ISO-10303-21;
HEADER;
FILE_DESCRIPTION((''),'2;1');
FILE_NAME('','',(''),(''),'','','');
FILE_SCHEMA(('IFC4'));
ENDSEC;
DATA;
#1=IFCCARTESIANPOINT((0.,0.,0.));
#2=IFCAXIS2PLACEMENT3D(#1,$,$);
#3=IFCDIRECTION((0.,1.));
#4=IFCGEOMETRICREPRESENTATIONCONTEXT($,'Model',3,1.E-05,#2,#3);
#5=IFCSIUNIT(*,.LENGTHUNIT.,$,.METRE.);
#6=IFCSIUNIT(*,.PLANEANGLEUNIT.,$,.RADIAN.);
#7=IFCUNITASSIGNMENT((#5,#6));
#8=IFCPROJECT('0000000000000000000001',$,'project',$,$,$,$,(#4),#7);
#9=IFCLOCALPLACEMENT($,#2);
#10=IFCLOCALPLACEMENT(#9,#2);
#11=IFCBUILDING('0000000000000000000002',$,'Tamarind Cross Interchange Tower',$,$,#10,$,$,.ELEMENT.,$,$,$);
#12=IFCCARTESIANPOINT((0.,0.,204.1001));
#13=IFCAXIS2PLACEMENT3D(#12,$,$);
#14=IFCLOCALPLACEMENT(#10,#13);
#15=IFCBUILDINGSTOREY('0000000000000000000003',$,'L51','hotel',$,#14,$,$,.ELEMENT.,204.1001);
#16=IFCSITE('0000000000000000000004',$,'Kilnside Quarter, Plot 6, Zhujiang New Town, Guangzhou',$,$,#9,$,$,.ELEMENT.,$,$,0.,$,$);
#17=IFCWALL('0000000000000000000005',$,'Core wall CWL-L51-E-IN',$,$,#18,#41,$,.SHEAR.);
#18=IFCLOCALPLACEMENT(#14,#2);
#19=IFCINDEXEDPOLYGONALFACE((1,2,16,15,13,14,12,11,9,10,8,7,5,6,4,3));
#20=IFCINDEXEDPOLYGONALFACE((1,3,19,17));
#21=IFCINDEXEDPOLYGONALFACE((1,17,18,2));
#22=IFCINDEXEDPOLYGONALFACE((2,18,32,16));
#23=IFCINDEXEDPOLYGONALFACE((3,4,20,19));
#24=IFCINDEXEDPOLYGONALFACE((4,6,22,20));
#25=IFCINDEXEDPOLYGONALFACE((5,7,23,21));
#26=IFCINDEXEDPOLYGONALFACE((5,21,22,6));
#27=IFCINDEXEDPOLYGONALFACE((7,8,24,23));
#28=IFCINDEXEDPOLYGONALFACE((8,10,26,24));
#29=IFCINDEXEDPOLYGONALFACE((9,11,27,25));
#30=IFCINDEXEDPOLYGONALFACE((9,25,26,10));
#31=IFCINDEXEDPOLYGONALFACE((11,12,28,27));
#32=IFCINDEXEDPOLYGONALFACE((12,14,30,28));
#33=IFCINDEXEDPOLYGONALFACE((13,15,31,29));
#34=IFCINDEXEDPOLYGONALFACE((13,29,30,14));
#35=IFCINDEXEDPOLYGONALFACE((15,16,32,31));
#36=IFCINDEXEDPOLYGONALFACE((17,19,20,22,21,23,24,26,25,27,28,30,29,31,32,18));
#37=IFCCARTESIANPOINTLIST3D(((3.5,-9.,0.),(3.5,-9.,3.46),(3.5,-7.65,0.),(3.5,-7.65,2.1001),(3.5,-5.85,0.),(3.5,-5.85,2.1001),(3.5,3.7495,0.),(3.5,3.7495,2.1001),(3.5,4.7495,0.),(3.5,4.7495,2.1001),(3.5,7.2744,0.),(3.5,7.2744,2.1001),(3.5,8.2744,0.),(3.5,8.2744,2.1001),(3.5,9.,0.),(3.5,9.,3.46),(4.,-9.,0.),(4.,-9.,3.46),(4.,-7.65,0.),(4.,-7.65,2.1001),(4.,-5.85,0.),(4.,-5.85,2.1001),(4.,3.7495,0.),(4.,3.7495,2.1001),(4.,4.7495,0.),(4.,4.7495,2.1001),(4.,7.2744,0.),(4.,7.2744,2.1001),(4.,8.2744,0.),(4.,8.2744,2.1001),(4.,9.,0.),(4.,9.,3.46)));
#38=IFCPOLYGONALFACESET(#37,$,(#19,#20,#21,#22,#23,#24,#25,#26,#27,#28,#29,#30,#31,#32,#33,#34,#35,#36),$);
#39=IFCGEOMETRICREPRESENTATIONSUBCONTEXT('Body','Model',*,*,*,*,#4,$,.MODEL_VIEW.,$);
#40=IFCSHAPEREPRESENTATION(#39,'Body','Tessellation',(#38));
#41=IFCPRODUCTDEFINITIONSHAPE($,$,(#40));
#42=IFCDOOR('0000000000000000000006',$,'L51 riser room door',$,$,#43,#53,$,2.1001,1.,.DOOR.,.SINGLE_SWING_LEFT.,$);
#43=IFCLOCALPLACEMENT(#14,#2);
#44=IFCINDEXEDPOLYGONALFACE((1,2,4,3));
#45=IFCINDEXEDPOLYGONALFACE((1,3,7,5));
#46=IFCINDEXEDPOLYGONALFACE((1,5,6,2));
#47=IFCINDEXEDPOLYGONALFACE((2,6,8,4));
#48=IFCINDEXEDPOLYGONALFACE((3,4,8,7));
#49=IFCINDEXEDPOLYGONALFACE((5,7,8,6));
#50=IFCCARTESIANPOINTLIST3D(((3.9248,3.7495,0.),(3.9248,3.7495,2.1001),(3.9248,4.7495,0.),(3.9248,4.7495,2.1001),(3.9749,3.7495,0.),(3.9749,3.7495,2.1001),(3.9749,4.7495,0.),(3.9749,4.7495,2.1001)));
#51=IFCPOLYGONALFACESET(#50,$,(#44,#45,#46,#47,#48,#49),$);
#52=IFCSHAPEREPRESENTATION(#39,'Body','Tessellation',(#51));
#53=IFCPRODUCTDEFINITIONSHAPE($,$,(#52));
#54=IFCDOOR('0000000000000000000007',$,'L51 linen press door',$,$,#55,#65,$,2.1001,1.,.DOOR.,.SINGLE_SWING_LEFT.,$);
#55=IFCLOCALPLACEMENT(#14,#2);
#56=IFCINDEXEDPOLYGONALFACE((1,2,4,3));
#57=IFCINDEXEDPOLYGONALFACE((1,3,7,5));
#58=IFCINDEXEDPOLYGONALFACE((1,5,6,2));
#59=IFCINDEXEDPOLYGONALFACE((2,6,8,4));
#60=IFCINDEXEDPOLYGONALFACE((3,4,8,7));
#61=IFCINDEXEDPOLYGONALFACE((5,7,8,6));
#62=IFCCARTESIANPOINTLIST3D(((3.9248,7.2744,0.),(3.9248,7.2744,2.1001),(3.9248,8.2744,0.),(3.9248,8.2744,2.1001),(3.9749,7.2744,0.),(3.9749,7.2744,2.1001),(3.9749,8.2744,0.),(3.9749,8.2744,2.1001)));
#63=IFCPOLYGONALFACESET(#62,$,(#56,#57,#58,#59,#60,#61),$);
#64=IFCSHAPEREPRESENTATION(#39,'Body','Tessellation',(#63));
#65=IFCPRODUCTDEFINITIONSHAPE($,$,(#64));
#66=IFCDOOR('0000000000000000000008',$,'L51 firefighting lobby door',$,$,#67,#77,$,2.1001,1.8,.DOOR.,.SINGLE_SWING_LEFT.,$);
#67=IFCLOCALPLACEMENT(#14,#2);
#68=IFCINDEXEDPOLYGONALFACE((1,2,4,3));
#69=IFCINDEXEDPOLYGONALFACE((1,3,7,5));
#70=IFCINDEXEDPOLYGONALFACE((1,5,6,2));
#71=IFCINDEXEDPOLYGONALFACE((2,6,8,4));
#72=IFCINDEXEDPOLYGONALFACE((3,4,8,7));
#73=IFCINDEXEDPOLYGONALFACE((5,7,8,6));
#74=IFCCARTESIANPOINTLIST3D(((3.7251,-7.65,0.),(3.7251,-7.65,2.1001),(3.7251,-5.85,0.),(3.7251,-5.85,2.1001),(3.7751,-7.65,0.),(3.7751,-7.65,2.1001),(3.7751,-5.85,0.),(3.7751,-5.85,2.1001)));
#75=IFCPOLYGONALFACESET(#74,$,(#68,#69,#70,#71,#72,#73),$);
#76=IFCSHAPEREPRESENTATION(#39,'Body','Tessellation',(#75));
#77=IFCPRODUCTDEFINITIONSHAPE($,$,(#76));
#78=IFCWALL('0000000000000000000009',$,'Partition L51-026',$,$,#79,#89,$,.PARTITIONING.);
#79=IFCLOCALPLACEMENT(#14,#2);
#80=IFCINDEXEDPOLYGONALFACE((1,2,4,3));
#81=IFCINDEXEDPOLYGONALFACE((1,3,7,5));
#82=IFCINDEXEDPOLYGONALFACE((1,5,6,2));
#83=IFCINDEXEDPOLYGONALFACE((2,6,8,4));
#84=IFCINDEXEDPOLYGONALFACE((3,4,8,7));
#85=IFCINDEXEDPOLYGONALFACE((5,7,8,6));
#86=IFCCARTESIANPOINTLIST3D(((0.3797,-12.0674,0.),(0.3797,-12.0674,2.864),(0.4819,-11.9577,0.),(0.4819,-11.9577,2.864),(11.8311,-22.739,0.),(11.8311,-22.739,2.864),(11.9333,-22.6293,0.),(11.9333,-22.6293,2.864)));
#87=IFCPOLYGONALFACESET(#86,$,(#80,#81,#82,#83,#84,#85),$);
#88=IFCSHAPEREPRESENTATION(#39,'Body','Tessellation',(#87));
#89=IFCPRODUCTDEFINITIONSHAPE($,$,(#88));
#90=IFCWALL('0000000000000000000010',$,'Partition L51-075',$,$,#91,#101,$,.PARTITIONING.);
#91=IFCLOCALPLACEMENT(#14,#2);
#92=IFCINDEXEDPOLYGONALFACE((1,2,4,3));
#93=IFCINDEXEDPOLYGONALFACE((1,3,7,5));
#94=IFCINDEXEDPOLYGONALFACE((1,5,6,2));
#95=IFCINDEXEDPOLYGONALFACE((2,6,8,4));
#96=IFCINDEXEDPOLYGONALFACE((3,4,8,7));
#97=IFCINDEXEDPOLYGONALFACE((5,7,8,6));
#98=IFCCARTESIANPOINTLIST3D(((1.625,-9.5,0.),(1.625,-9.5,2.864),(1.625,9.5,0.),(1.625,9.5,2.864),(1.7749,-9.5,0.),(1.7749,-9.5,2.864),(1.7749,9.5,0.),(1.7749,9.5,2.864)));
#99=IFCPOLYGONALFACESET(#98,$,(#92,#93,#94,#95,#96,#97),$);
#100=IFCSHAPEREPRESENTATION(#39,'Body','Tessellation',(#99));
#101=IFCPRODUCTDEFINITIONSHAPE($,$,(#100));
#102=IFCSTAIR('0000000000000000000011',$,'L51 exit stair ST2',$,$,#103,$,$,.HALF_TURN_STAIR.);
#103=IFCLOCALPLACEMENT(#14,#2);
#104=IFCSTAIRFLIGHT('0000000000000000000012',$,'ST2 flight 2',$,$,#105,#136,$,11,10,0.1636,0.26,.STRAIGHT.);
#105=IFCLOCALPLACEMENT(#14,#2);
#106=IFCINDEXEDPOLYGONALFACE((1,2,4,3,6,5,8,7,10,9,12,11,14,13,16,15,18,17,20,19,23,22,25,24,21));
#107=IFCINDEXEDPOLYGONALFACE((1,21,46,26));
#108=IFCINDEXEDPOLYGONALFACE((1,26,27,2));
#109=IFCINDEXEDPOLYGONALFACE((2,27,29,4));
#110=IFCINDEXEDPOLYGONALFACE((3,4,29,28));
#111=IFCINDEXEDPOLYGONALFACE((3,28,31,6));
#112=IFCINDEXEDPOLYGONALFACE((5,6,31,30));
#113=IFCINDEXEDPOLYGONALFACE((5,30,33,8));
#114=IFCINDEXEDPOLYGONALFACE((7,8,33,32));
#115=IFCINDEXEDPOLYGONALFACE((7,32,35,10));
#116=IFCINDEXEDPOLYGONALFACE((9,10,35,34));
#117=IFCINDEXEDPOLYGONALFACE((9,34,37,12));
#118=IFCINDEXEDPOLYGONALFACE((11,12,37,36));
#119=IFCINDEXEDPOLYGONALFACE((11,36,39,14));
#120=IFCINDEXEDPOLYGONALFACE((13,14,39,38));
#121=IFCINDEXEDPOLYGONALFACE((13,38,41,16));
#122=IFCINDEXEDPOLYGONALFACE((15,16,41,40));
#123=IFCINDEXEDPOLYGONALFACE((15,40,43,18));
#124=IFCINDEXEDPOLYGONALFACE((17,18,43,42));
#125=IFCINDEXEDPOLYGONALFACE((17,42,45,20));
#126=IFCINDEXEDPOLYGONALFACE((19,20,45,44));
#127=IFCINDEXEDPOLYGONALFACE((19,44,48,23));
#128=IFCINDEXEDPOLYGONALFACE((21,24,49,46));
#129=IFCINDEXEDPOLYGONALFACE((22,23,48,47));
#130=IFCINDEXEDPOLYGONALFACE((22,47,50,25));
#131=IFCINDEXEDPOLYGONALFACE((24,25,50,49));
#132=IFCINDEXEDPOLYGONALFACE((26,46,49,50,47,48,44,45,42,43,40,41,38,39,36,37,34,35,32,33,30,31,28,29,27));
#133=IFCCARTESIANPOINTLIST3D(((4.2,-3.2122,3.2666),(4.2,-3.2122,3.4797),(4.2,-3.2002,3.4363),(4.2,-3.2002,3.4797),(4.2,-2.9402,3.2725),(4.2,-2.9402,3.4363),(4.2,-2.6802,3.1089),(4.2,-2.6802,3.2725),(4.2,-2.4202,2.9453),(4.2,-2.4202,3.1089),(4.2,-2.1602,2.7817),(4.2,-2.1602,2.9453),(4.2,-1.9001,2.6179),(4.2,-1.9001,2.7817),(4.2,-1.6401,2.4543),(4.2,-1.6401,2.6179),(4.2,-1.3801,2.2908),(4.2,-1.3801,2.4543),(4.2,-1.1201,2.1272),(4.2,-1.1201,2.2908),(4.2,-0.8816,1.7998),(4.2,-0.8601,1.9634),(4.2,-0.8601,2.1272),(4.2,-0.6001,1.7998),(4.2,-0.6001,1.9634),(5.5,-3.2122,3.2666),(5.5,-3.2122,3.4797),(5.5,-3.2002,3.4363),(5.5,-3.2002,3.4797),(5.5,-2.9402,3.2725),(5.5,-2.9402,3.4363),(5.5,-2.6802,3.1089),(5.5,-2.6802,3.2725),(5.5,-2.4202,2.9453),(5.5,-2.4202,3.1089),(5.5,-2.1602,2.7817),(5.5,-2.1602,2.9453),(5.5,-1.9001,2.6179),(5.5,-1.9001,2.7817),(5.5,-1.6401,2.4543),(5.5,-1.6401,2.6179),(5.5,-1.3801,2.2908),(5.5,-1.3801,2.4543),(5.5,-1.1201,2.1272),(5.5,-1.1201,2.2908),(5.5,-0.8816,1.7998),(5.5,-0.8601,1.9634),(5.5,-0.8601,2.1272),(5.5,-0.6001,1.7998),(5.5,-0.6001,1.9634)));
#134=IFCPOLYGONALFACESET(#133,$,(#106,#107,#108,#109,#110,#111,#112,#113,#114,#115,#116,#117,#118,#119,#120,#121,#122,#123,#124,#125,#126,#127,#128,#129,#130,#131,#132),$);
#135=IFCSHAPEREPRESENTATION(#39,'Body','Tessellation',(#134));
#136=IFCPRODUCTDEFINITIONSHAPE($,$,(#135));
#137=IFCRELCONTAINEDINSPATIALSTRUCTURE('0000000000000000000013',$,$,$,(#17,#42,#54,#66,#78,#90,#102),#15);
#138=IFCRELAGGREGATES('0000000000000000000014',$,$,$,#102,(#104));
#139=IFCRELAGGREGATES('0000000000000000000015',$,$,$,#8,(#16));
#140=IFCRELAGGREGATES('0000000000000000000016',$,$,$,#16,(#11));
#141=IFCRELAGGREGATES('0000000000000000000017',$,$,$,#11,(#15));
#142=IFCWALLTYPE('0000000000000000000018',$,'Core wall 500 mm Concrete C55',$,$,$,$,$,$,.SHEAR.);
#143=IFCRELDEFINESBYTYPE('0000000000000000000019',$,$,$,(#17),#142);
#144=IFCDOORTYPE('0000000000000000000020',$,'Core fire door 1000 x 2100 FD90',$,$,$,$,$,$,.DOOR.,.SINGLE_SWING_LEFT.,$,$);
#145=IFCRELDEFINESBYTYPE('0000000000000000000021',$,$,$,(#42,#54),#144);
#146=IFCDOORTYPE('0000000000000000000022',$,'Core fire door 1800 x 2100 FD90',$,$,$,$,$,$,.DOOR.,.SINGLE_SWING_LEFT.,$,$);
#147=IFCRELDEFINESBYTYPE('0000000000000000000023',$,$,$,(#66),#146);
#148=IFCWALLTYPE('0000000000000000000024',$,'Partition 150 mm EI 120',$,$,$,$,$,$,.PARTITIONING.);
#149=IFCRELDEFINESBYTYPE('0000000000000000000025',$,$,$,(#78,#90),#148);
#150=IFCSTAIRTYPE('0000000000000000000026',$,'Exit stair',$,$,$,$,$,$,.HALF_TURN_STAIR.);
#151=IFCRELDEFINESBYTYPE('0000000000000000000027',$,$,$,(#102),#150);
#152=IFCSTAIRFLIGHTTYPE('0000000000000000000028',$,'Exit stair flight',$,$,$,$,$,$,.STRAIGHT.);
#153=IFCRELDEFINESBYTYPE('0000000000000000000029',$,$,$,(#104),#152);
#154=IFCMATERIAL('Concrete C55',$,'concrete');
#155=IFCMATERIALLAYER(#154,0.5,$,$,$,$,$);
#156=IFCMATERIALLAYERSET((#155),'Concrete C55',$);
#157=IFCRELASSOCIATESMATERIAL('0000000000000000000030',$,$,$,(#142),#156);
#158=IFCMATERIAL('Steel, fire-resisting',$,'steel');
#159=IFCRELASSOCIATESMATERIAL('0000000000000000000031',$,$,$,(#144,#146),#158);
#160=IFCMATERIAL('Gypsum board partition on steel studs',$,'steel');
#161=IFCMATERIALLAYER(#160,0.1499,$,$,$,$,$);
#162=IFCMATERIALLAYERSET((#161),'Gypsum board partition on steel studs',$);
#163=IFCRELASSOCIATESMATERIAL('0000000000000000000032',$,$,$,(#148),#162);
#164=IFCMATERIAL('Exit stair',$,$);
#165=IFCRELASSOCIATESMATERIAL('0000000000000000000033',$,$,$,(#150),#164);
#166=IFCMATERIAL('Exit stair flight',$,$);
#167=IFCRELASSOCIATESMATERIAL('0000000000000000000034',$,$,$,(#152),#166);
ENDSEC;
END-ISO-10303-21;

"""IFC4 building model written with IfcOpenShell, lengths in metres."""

from ifc_helpers import new_model, si_unit, direction, frame, frame_2d, origin, place, context, subcontext, project, spatial, polyline, rectangle, outline, extrude, material, layer, layer_set, type_object, element, fill, aggregate, save


model = new_model("IFC4")

# Units and contexts
model_context = context("Model", 3, precision=1e-05, world=origin(), true_north=direction((0.0, 1.0)))
body_context = subcontext(model_context, "Body", "Model", "MODEL_VIEW")
ifc_project = project(units=[si_unit("LENGTHUNIT", "METRE"), si_unit("PLANEANGLEUNIT", "RADIAN")], contexts=[model_context])

# Site, building, storey
site_placement = place(None, origin())
site = spatial("IfcSite", under=ifc_project, at=site_placement, Name="Kilnside Quarter, Plot 6, Zhujiang New Town, Guangzhou", CompositionType="ELEMENT", RefElevation=0.0)
building_placement = place(site_placement, origin())
building = spatial("IfcBuilding", under=site, at=building_placement, Name="Tamarind Cross Interchange Tower", CompositionType="ELEMENT")
storey_placement = place(building_placement, frame((0.0, 0.0, 204.1001)))
storey = spatial("IfcBuildingStorey", under=building, at=storey_placement, Name="L51", Description="hotel", CompositionType="ELEMENT", Elevation=204.1001)

# Wall, openings, doors
ifc_material_1 = material(Name="Concrete C55", Category="concrete")
ifc_layer_1 = layer(ifc_material_1, 0.5)
ifc_layer_set_1 = layer_set([ifc_layer_1], Name="Concrete C55")
wall_type_1 = type_object("IfcWallType", Name="Core wall 500 mm Concrete C55", PredefinedType="SHEAR", material=ifc_layer_set_1)
wall_1_placement = place(storey_placement, frame((3.75, -9.0, 0.0), z_axis=(0.0, 0.0, 1.0), x_axis=(0.0, 1.0, 0.0)))
wall_1 = element("IfcWall", 1, at=wall_1_placement, inside=storey, type_object=wall_type_1, Name="Core wall CWL-L51-E-IN", PredefinedType="SHEAR", context=body_context, shape_type="SweptSolid", body=[
    extrude(rectangle(XDim=18.0, YDim=0.5, at=frame_2d((9.0, 0.0))), origin(), (0.0, 0.0, 1.0), 3.46),
])
opening_1_placement = place(wall_1_placement, frame((1.3501, 0.0, 0.0)))
opening_1 = element("IfcOpeningElement", 2, at=opening_1_placement, cuts=wall_1, PredefinedType="OPENING", context=body_context, shape_type="SweptSolid", body=[
    extrude(rectangle(XDim=1.8, YDim=2.1001, at=frame_2d((0.8999, 1.05))), frame((0.0, 0.26, 0.0), z_axis=(0.0, -1.0, 0.0), x_axis=(1.0, 0.0, 0.0)), (0.0, 0.0, 1.0), 0.52),
])
opening_2_placement = place(wall_1_placement, frame((12.7495, 0.0, 0.0)))
opening_2 = element("IfcOpeningElement", 3, at=opening_2_placement, cuts=wall_1, PredefinedType="OPENING", context=body_context, shape_type="SweptSolid", body=[
    extrude(rectangle(XDim=1.0, YDim=2.1001, at=frame_2d((0.5, 1.05))), frame((0.0, 0.26, 0.0), z_axis=(0.0, -1.0, 0.0), x_axis=(1.0, 0.0, 0.0)), (0.0, 0.0, 1.0), 0.52),
])
opening_3_placement = place(wall_1_placement, frame((16.2744, 0.0, 0.0)))
opening_3 = element("IfcOpeningElement", 4, at=opening_3_placement, cuts=wall_1, PredefinedType="OPENING", context=body_context, shape_type="SweptSolid", body=[
    extrude(rectangle(XDim=1.0, YDim=2.1001, at=frame_2d((0.5, 1.05))), frame((0.0, 0.26, 0.0), z_axis=(0.0, -1.0, 0.0), x_axis=(1.0, 0.0, 0.0)), (0.0, 0.0, 1.0), 0.52),
])
ifc_material_2 = material(Name="Steel, fire-resisting", Category="steel")
door_type_1 = type_object("IfcDoorType", Name="Core fire door 1000 x 2100 FD90", OperationType="SINGLE_SWING_LEFT", PredefinedType="DOOR", material=ifc_material_2)
door_1_placement = place(opening_2_placement, origin())
door_1 = element("IfcDoor", 5, at=door_1_placement, inside=storey, type_object=door_type_1, Name="L51 riser room door", OperationType="SINGLE_SWING_LEFT", OverallHeight=2.1001, OverallWidth=1.0, PredefinedType="DOOR", context=body_context, shape_type="SweptSolid", body=[
    extrude(rectangle(XDim=1.0, YDim=2.1001, at=frame_2d((0.5, 1.05))), frame((0.0, -0.1748, 0.0), z_axis=(0.0, -1.0, 0.0), x_axis=(1.0, 0.0, 0.0)), (0.0, 0.0, 1.0), 0.05),
])
fill(opening_2, door_1)
door_2_placement = place(opening_3_placement, origin())
door_2 = element("IfcDoor", 6, at=door_2_placement, inside=storey, type_object=door_type_1, Name="L51 linen press door", OperationType="SINGLE_SWING_LEFT", OverallHeight=2.1001, OverallWidth=1.0, PredefinedType="DOOR", context=body_context, shape_type="SweptSolid", body=[
    extrude(rectangle(XDim=1.0, YDim=2.1001, at=frame_2d((0.5, 1.05))), frame((0.0, -0.1748, 0.0), z_axis=(0.0, -1.0, 0.0), x_axis=(1.0, 0.0, 0.0)), (0.0, 0.0, 1.0), 0.05),
])
fill(opening_3, door_2)
door_type_2 = type_object("IfcDoorType", Name="Core fire door 1800 x 2100 FD90", OperationType="SINGLE_SWING_LEFT", PredefinedType="DOOR", material=ifc_material_2)
door_3_placement = place(opening_1_placement, origin())
door_3 = element("IfcDoor", 7, at=door_3_placement, inside=storey, type_object=door_type_2, Name="L51 firefighting lobby door", OperationType="SINGLE_SWING_LEFT", OverallHeight=2.1001, OverallWidth=1.8, PredefinedType="DOOR", context=body_context, shape_type="SweptSolid", body=[
    extrude(rectangle(XDim=1.8, YDim=2.1001, at=frame_2d((0.8999, 1.05))), frame((0.0, 0.0249, 0.0), z_axis=(0.0, -1.0, 0.0), x_axis=(1.0, 0.0, 0.0)), (0.0, 0.0, 1.0), 0.05),
])
fill(opening_1, door_3)

# Walls
ifc_material_3 = material(Name="Gypsum board partition on steel studs", Category="steel")
ifc_layer_2 = layer(ifc_material_3, 0.1499)
ifc_layer_set_2 = layer_set([ifc_layer_2], Name="Gypsum board partition on steel studs")
wall_type_2 = type_object("IfcWallType", Name="Partition 150 mm EI 120", PredefinedType="PARTITIONING", material=ifc_layer_set_2)
wall_2_placement = place(storey_placement, frame((0.4307, -12.0125, 0.0), z_axis=(0.0, 0.0, 1.0), x_axis=(0.731576, -0.68176, 0.0)))
element("IfcWall", 8, at=wall_2_placement, inside=storey, type_object=wall_type_2, Name="Partition L51-026", PredefinedType="PARTITIONING", context=body_context, shape_type="SweptSolid", body=[
    extrude(rectangle(XDim=15.6531, YDim=0.1499, at=frame_2d((7.8267, 0.0))), origin(), (0.0, 0.0, 1.0), 2.864),
])
wall_3_placement = place(storey_placement, frame((1.7, -9.5, 0.0), z_axis=(0.0, 0.0, 1.0), x_axis=(0.0, 1.0, 0.0)))
element("IfcWall", 9, at=wall_3_placement, inside=storey, type_object=wall_type_2, Name="Partition L51-075", PredefinedType="PARTITIONING", context=body_context, shape_type="SweptSolid", body=[
    extrude(rectangle(XDim=19.0, YDim=0.1499, at=frame_2d((9.5, 0.0))), origin(), (0.0, 0.0, 1.0), 2.864),
])

# Stair, stair flight
ifc_material_4 = material(Name="Exit stair")
stair_type = type_object("IfcStairType", Name="Exit stair", PredefinedType="HALF_TURN_STAIR", material=ifc_material_4)
stair_placement = place(storey_placement, origin())
stair = element("IfcStair", 10, at=stair_placement, inside=storey, type_object=stair_type, Name="L51 exit stair ST2", PredefinedType="HALF_TURN_STAIR")
ifc_material_5 = material(Name="Exit stair flight")
stair_flight_type = type_object("IfcStairFlightType", Name="Exit stair flight", PredefinedType="STRAIGHT", material=ifc_material_5)
stair_flight_placement = place(storey_placement, frame((4.8501, -0.6001, 1.7998), z_axis=(0.0, 0.0, 1.0), x_axis=(0.0, -1.0, 0.0)))
stair_flight = element("IfcStairFlight", 11, at=stair_flight_placement, type_object=stair_flight_type, Name="ST2 flight 2", NumberOfRisers=11, NumberOfTreads=10, PredefinedType="STRAIGHT", RiserHeight=0.1636, TreadLength=0.26, context=body_context, shape_type="SweptSolid", body=[
    extrude(outline(polyline([(0.0, 0.0), (0.0, 0.1636), (0.26, 0.1636), (0.26, 0.3274), (0.52, 0.3274), (0.52, 0.491), (0.78, 0.491), (0.78, 0.6545), (1.04, 0.6545), (1.04, 0.8181), (1.3, 0.8181), (1.3, 0.9819), (1.5601, 0.9819), (1.5601, 1.1455), (1.8201, 1.1455), (1.8201, 1.3091), (2.0801, 1.3091), (2.0801, 1.4727), (2.3401, 1.4727), (2.3401, 1.6365), (2.6001, 1.6365), (2.6001, 1.6799), (2.6121, 1.6799), (2.6121, 1.4668), (0.2815, 0.0), (0.0, 0.0)])), frame((0.0, 0.6499, 0.0), z_axis=(0.0, -1.0, 0.0), x_axis=(1.0, 0.0, 0.0)), (0.0, 0.0, 1.0), 1.3),
])
aggregate(stair, [stair_flight])

save(model, "model.ifc")
